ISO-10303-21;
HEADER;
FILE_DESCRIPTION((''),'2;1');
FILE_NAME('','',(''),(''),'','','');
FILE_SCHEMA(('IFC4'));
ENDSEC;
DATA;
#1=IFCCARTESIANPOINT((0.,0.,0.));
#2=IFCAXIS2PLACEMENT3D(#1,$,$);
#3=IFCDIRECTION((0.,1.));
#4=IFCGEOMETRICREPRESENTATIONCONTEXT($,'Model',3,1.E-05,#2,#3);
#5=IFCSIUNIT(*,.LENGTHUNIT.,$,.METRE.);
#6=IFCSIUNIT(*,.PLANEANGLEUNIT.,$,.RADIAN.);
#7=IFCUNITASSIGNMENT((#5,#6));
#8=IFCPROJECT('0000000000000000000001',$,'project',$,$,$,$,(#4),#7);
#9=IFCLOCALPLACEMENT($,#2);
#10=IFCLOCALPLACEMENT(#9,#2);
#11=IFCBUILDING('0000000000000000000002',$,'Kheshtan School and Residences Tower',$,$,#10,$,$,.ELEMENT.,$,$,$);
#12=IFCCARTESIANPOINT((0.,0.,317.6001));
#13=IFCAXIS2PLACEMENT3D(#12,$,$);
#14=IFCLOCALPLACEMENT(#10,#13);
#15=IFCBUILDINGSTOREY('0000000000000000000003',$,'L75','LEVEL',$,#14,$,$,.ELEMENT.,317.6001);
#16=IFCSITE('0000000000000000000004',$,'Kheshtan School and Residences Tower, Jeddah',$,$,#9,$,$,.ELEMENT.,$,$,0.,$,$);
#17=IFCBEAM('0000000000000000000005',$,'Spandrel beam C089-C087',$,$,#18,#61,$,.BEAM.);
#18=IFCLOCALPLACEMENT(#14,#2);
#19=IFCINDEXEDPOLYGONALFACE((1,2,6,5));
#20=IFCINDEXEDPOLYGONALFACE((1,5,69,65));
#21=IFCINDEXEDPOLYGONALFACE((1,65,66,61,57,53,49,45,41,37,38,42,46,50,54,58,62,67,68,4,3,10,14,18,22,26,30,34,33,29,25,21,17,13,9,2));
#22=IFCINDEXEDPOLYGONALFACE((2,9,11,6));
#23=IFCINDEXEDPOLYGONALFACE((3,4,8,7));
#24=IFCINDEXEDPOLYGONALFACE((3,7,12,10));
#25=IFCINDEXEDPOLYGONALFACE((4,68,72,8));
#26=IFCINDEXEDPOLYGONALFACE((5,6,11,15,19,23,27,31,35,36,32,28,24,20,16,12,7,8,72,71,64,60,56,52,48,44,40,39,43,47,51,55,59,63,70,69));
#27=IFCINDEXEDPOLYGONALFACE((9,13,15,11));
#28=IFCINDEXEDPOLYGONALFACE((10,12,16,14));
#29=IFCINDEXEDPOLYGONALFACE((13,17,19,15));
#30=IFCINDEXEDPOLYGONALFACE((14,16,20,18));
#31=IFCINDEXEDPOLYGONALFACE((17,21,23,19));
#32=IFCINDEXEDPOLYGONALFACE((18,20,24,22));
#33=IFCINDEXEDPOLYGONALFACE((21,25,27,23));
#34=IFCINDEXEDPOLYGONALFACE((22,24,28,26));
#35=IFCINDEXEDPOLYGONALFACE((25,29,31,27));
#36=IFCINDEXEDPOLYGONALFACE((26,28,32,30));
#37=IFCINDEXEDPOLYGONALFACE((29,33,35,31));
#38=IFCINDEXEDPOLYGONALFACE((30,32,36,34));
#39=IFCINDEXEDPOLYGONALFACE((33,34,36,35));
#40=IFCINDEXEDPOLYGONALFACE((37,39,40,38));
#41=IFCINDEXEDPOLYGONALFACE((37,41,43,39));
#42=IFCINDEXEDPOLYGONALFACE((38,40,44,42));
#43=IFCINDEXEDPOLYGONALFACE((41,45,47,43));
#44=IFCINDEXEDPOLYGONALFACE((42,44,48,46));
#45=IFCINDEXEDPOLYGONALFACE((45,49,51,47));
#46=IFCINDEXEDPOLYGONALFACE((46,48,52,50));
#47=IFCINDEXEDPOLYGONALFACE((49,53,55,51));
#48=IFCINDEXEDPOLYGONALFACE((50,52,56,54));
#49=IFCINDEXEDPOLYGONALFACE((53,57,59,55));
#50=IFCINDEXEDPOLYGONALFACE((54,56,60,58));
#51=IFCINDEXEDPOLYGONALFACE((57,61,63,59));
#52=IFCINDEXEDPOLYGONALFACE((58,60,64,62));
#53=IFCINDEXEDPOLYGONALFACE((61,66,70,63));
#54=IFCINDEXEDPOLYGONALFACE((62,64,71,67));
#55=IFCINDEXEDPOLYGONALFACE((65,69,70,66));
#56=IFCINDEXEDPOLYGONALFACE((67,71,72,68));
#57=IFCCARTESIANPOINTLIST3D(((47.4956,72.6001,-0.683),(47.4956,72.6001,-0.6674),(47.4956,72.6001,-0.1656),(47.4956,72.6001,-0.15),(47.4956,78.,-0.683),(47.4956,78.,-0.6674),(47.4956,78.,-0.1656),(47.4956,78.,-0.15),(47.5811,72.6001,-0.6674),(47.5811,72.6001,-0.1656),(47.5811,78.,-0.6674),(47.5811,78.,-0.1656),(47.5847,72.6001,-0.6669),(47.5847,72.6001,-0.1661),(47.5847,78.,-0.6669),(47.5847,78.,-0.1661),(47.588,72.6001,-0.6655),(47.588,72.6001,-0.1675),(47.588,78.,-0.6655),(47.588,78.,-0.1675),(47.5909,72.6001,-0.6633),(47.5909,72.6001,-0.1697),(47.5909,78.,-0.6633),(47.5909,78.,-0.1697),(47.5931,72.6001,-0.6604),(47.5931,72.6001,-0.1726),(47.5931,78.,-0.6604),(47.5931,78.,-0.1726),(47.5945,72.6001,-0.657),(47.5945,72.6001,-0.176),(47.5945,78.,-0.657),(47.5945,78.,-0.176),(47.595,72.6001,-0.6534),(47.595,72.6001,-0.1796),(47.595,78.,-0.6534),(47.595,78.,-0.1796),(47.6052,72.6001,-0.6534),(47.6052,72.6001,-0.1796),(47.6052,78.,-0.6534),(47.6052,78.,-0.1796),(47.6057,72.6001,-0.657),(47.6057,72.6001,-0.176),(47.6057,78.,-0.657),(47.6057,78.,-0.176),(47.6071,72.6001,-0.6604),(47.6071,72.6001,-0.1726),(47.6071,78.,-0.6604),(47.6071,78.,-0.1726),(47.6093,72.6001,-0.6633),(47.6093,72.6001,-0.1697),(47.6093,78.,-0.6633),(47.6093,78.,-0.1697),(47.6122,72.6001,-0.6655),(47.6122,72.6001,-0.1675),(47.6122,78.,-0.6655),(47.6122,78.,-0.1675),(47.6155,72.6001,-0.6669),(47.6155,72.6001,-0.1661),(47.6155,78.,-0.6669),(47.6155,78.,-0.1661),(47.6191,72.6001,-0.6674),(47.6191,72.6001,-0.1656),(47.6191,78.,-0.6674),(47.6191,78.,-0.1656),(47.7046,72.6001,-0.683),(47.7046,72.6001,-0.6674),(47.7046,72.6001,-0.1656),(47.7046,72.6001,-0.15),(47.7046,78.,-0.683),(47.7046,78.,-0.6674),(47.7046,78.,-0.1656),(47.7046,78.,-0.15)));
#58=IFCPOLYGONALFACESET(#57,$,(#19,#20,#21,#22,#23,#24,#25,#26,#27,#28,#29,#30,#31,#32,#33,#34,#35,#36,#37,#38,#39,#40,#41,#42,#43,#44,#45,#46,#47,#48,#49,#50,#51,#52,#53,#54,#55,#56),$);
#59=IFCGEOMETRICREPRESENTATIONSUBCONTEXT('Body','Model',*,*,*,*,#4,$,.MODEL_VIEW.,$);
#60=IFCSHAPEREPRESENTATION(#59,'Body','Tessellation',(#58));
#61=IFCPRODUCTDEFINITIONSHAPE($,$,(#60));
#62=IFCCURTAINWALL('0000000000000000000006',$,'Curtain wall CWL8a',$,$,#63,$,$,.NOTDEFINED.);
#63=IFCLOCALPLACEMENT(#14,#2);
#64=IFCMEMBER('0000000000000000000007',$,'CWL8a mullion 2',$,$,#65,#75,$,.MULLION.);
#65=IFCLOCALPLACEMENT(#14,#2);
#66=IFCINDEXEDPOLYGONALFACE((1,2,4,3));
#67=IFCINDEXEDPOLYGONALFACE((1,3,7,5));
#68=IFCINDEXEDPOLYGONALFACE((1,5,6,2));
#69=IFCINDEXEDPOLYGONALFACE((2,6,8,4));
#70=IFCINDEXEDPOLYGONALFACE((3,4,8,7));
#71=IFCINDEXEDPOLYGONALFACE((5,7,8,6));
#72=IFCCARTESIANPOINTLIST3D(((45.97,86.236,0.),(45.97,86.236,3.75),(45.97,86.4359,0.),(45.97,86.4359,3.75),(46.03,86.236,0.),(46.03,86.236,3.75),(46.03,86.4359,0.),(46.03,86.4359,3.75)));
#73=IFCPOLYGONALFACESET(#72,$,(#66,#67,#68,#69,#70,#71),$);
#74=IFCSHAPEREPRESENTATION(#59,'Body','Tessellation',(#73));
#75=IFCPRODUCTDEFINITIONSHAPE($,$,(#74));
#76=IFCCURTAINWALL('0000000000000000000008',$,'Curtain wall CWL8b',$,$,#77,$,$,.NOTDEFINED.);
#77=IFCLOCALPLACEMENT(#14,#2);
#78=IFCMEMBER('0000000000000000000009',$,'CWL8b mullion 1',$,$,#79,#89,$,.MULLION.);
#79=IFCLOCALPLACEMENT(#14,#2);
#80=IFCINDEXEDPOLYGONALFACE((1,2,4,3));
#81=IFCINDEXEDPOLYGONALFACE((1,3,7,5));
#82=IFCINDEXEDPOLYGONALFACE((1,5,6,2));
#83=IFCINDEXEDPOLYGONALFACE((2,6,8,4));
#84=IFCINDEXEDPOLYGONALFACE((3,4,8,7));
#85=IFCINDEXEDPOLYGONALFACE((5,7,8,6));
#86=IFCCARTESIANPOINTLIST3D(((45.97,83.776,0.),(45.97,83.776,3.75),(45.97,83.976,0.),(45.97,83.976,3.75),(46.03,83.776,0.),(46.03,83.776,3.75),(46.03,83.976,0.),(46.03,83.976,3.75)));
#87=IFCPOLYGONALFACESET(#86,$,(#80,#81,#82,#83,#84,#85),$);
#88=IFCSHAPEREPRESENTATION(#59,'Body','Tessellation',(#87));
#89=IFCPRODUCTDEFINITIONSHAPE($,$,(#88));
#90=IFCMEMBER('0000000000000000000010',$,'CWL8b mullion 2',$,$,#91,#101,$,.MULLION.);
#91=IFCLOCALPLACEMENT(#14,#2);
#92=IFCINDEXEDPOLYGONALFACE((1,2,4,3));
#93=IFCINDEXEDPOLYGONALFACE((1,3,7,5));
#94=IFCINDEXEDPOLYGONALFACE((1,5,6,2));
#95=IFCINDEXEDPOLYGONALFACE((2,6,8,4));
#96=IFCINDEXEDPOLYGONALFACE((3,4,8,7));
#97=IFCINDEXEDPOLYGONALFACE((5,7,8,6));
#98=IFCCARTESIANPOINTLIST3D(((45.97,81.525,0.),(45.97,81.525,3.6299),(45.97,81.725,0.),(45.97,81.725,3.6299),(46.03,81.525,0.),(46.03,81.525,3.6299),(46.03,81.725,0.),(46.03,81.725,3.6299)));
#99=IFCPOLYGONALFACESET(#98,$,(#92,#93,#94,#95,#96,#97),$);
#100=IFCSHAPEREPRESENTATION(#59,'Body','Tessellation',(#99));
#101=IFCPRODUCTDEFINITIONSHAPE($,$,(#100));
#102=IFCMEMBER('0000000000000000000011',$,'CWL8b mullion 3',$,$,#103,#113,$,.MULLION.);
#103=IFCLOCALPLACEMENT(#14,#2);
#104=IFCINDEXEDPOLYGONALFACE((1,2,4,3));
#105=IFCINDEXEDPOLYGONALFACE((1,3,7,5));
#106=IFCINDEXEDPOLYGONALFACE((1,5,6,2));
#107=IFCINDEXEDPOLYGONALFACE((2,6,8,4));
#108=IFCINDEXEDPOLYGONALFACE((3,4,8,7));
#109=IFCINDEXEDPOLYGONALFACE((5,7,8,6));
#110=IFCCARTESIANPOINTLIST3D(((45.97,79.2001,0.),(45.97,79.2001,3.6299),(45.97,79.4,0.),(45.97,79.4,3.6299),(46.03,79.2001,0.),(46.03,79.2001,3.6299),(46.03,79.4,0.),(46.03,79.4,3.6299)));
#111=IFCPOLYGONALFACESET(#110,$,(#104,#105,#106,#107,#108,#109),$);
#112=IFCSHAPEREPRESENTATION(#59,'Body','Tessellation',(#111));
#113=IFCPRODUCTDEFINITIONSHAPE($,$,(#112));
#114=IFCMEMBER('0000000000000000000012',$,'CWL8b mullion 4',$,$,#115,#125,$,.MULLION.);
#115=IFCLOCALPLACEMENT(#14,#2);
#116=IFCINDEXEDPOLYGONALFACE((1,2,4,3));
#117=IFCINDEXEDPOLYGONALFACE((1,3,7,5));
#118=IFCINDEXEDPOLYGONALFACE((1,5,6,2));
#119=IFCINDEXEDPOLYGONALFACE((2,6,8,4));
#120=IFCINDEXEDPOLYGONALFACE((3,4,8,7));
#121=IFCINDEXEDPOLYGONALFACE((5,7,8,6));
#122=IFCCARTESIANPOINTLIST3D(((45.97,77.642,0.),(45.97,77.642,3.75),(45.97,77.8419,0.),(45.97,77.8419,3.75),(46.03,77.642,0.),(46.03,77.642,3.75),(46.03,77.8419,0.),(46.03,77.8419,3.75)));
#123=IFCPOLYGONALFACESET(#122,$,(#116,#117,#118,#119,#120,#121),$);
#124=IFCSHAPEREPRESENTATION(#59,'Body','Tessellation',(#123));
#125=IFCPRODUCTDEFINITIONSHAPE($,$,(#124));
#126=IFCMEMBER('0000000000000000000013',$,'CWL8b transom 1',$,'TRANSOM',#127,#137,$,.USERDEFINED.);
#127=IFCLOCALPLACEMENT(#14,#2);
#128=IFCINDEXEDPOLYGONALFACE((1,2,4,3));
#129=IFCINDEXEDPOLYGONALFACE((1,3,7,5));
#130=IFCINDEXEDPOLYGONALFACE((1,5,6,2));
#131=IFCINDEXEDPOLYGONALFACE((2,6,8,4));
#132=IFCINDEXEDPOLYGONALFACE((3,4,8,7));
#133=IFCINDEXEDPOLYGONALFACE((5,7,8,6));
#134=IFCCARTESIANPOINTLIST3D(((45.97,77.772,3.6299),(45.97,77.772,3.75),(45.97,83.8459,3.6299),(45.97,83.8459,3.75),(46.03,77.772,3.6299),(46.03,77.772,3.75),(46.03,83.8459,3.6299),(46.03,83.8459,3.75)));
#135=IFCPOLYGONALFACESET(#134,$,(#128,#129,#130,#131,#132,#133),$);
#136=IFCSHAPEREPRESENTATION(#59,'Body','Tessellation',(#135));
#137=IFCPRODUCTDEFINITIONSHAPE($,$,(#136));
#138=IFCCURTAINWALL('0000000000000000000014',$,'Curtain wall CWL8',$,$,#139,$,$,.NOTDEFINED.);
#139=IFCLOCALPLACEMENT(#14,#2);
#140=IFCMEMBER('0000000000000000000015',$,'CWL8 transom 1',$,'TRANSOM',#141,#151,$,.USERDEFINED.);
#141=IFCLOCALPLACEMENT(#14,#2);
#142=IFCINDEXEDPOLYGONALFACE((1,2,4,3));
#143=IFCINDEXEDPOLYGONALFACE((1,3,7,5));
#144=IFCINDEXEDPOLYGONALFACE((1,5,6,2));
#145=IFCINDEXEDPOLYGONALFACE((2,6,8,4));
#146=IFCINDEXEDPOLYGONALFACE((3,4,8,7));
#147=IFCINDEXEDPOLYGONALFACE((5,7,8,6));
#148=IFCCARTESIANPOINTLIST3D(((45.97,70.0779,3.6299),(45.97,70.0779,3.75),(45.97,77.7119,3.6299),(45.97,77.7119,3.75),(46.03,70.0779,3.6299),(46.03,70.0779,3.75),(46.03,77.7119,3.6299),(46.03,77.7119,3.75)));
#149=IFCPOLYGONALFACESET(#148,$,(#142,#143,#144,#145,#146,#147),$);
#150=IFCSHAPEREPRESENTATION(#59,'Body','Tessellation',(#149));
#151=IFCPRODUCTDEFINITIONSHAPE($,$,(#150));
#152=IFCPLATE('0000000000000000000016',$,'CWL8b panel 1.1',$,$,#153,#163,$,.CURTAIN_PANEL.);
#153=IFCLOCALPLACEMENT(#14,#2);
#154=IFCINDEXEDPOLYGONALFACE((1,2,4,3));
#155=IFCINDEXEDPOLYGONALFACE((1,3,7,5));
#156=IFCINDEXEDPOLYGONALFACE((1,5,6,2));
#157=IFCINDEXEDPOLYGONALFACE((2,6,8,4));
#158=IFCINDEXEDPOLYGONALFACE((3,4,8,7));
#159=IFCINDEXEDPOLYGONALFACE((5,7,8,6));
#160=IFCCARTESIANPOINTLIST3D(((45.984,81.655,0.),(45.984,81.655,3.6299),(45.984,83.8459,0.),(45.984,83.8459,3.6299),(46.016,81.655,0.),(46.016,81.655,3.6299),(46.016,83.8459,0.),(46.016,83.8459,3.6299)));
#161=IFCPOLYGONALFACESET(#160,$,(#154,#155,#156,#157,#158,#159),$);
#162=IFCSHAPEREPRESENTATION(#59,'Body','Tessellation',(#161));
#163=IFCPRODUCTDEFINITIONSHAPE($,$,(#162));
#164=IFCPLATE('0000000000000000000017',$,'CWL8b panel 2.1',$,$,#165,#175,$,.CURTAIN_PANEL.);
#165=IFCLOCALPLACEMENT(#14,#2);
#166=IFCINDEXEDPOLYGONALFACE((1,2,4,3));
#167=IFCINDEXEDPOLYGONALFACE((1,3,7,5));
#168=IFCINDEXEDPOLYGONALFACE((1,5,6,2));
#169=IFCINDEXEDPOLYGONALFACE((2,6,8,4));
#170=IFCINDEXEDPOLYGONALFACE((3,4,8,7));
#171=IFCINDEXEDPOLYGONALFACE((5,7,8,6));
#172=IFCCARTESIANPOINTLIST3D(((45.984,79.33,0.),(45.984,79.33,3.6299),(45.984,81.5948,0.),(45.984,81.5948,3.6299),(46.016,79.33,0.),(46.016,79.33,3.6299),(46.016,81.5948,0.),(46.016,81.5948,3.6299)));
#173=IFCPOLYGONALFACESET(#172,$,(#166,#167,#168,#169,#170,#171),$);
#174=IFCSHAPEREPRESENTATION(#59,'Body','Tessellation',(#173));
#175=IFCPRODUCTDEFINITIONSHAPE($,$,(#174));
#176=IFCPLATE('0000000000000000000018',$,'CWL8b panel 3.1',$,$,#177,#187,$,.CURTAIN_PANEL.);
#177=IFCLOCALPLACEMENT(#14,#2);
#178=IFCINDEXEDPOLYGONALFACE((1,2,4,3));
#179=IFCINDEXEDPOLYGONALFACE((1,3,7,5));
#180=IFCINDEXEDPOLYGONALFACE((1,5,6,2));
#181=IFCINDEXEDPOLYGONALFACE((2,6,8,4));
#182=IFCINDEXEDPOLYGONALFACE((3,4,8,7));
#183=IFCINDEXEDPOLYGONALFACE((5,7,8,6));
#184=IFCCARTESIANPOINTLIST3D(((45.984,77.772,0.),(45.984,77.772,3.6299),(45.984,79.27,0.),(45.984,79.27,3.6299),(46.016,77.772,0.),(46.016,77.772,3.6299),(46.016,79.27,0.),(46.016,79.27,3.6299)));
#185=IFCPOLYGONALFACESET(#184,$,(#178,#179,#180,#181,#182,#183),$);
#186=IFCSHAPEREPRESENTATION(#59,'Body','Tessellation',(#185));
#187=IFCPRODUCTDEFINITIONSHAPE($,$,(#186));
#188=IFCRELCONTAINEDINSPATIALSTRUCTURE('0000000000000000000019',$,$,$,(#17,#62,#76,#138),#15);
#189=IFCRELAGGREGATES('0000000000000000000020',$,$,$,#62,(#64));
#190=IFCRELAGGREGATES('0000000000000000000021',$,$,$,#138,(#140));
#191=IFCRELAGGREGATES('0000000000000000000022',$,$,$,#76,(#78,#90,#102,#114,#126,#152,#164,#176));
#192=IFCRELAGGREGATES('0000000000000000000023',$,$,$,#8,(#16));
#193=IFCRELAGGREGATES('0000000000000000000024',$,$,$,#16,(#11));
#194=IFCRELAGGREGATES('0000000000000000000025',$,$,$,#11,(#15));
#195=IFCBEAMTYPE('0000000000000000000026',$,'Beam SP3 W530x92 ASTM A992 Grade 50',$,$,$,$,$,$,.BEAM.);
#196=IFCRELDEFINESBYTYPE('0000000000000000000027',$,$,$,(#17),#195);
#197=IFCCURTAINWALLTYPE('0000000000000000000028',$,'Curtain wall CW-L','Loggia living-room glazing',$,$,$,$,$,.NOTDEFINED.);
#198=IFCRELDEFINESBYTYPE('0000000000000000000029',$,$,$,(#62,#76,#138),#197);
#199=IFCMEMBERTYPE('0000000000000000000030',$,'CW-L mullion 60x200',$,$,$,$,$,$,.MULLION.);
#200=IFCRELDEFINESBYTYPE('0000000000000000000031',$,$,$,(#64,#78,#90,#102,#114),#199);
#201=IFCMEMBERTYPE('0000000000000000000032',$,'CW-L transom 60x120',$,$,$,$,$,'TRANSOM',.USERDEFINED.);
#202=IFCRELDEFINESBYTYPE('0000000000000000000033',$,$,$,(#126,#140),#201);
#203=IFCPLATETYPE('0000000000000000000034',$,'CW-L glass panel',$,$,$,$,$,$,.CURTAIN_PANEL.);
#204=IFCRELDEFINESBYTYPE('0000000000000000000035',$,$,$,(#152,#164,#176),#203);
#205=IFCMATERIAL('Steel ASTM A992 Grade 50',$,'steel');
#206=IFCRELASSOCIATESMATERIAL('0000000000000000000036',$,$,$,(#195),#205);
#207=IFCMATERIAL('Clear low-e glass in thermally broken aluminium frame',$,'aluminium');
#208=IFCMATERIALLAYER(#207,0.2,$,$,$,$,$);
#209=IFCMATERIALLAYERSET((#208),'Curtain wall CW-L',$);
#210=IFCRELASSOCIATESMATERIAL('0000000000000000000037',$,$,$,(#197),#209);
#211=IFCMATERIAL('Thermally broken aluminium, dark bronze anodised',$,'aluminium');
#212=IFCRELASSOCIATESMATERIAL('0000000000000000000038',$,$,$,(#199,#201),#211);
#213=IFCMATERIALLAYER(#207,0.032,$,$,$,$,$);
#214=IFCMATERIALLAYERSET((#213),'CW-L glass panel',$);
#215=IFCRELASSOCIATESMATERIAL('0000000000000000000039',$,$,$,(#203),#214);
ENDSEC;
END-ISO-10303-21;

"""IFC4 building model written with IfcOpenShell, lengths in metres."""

from ifc_helpers import new_model, si_unit, direction, frame, origin, origin_2d, place, context, subcontext, project, spatial, rectangle, i_section, extrude, material, layer, layer_set, material_profile, profile_set, type_object, element, aggregate, save


model = new_model("IFC4")

# Units and contexts
model_context = context("Model", 3, precision=1e-05, world=origin(), true_north=direction((0.0, 1.0)))
body_context = subcontext(model_context, "Body", "Model", "MODEL_VIEW")
ifc_project = project(units=[si_unit("LENGTHUNIT", "METRE"), si_unit("PLANEANGLEUNIT", "RADIAN")], contexts=[model_context])

# Site, building, storey
site_placement = place(None, origin())
site = spatial("IfcSite", under=ifc_project, at=site_placement, Name="Kheshtan School and Residences Tower, Jeddah", CompositionType="ELEMENT", RefElevation=0.0)
building_placement = place(site_placement, origin())
building = spatial("IfcBuilding", under=site, at=building_placement, Name="Kheshtan School and Residences Tower", CompositionType="ELEMENT")
storey_placement = place(building_placement, frame((0.0, 0.0, 317.6001)))
storey = spatial("IfcBuildingStorey", under=building, at=storey_placement, Name="L75", Description="LEVEL", CompositionType="ELEMENT", Elevation=317.6001)

# Shared definitions
ifc_material_1 = material(Name="Steel ASTM A992 Grade 50", Category="steel")

# Beam
ifc_material_profile_1 = material_profile(ifc_material_1, i_section(OverallWidth=0.209, OverallDepth=0.533, WebThickness=0.0103, FlangeThickness=0.0156, FilletRadius=0.0139, at=origin_2d()), Name="W530x92")
ifc_profile_set_1 = profile_set([ifc_material_profile_1], Name="Steel ASTM A992 Grade 50")
beam_type_1 = type_object("IfcBeamType", Name="Beam SP3 W530x92 ASTM A992 Grade 50", PredefinedType="BEAM", material=ifc_profile_set_1)
for number, where, z_axis, x_axis, name in (
    (1, (47.6001, 78.0, -0.4165), (0.0, -1.0, 0.0), (1.0, 0.0, 0.0), "Spandrel beam C089-C087"),
):
    element("IfcBeam", number, at=place(storey_placement, frame(where, z_axis=z_axis, x_axis=x_axis)), inside=storey, type_object=beam_type_1, Name=name, PredefinedType="BEAM", context=body_context, shape_type="SweptSolid", body=[
        extrude(i_section(OverallWidth=0.209, OverallDepth=0.533, WebThickness=0.0103, FlangeThickness=0.0156, FilletRadius=0.0139, at=origin_2d()), origin(), (0.0, 0.0, 1.0), 5.3999),
    ])

# Curtain wall, member
ifc_material_2 = material(Name="Clear low-e glass in thermally broken aluminium frame", Category="aluminium")
ifc_layer_1 = layer(ifc_material_2, 0.2)
ifc_layer_set_1 = layer_set([ifc_layer_1], Name="Curtain wall CW-L")
curtain_wall_type = type_object("IfcCurtainWallType", Name="Curtain wall CW-L", Description="Loggia living-room glazing", PredefinedType="NOTDEFINED", material=ifc_layer_set_1)
curtain_wall_1_placement = place(storey_placement, origin())
curtain_wall_1 = element("IfcCurtainWall", 2, at=curtain_wall_1_placement, inside=storey, type_object=curtain_wall_type, Name="Curtain wall CWL8a", PredefinedType="NOTDEFINED")
ifc_material_3 = material(Name="Thermally broken aluminium, dark bronze anodised", Category="aluminium")
ifc_material_profile_2 = material_profile(ifc_material_3, rectangle(XDim=0.0601, YDim=0.2, at=origin_2d()), Name="CW-L mullion 60x200")
ifc_profile_set_2 = profile_set([ifc_material_profile_2], Name="Thermally broken aluminium, dark bronze anodised")
member_type_1 = type_object("IfcMemberType", Name="CW-L mullion 60x200", PredefinedType="MULLION", material=ifc_profile_set_2)
member_1_placement = place(storey_placement, frame((46.0, 86.3359, 0.0), z_axis=(0.0, 0.0, 1.0), x_axis=(1.0, 0.0, 0.0)))
member_1 = element("IfcMember", 3, at=member_1_placement, type_object=member_type_1, Name="CWL8a mullion 2", PredefinedType="MULLION", context=body_context, shape_type="SweptSolid", body=[
    extrude(rectangle(XDim=0.0601, YDim=0.2, at=origin_2d()), origin(), (0.0, 0.0, 1.0), 3.75),
])
aggregate(curtain_wall_1, [member_1])

# Curtain wall, members
curtain_wall_2_placement = place(storey_placement, origin())
curtain_wall_2 = element("IfcCurtainWall", 4, at=curtain_wall_2_placement, inside=storey, type_object=curtain_wall_type, Name="Curtain wall CWL8b", PredefinedType="NOTDEFINED")
member_2_placement = place(storey_placement, frame((46.0, 83.876, 0.0), z_axis=(0.0, 0.0, 1.0), x_axis=(1.0, 0.0, 0.0)))
member_2 = element("IfcMember", 5, at=member_2_placement, type_object=member_type_1, Name="CWL8b mullion 1", PredefinedType="MULLION", context=body_context, shape_type="SweptSolid", body=[
    extrude(rectangle(XDim=0.0601, YDim=0.2, at=origin_2d()), origin(), (0.0, 0.0, 1.0), 3.75),
])
member_3_placement = place(storey_placement, frame((46.0, 81.625, 0.0), z_axis=(0.0, 0.0, 1.0), x_axis=(1.0, 0.0, 0.0)))
member_3 = element("IfcMember", 6, at=member_3_placement, type_object=member_type_1, Name="CWL8b mullion 2", PredefinedType="MULLION", context=body_context, shape_type="SweptSolid", body=[
    extrude(rectangle(XDim=0.0601, YDim=0.2, at=origin_2d()), origin(), (0.0, 0.0, 1.0), 3.6299),
])
member_4_placement = place(storey_placement, frame((46.0, 79.3, 0.0), z_axis=(0.0, 0.0, 1.0), x_axis=(1.0, 0.0, 0.0)))
member_4 = element("IfcMember", 7, at=member_4_placement, type_object=member_type_1, Name="CWL8b mullion 3", PredefinedType="MULLION", context=body_context, shape_type="SweptSolid", body=[
    extrude(rectangle(XDim=0.0601, YDim=0.2, at=origin_2d()), origin(), (0.0, 0.0, 1.0), 3.6299),
])
member_5_placement = place(storey_placement, frame((46.0, 77.7419, 0.0), z_axis=(0.0, 0.0, 1.0), x_axis=(1.0, 0.0, 0.0)))
member_5 = element("IfcMember", 8, at=member_5_placement, type_object=member_type_1, Name="CWL8b mullion 4", PredefinedType="MULLION", context=body_context, shape_type="SweptSolid", body=[
    extrude(rectangle(XDim=0.0601, YDim=0.2, at=origin_2d()), origin(), (0.0, 0.0, 1.0), 3.75),
])
ifc_material_profile_3 = material_profile(ifc_material_3, rectangle(XDim=0.0601, YDim=0.1201, at=origin_2d()), Name="CW-L transom 60x120")
ifc_profile_set_3 = profile_set([ifc_material_profile_3], Name="Thermally broken aluminium, dark bronze anodised")
member_type_2 = type_object("IfcMemberType", Name="CW-L transom 60x120", ElementType="TRANSOM", PredefinedType="USERDEFINED", material=ifc_profile_set_3)
member_6_placement = place(storey_placement, frame((46.0, 83.8459, 3.6899), z_axis=(0.0, -1.0, 0.0), x_axis=(1.0, 0.0, 0.0)))
member_6 = element("IfcMember", 9, at=member_6_placement, type_object=member_type_2, Name="CWL8b transom 1", ObjectType="TRANSOM", PredefinedType="USERDEFINED", context=body_context, shape_type="SweptSolid", body=[
    extrude(rectangle(XDim=0.0601, YDim=0.1201, at=origin_2d()), origin(), (0.0, 0.0, 1.0), 6.074),
])

# Curtain wall, member
curtain_wall_3_placement = place(storey_placement, origin())
curtain_wall_3 = element("IfcCurtainWall", 10, at=curtain_wall_3_placement, inside=storey, type_object=curtain_wall_type, Name="Curtain wall CWL8", PredefinedType="NOTDEFINED")
member_7_placement = place(storey_placement, frame((46.0, 77.7119, 3.6899), z_axis=(0.0, -1.0, 0.0), x_axis=(1.0, 0.0, 0.0)))
member_7 = element("IfcMember", 11, at=member_7_placement, type_object=member_type_2, Name="CWL8 transom 1", ObjectType="TRANSOM", PredefinedType="USERDEFINED", context=body_context, shape_type="SweptSolid", body=[
    extrude(rectangle(XDim=0.0601, YDim=0.1201, at=origin_2d()), origin(), (0.0, 0.0, 1.0), 7.634),
])
aggregate(curtain_wall_3, [member_7])

# Plates
ifc_layer_2 = layer(ifc_material_2, 0.032)
ifc_layer_set_2 = layer_set([ifc_layer_2], Name="CW-L glass panel")
plate_type = type_object("IfcPlateType", Name="CW-L glass panel", PredefinedType="CURTAIN_PANEL", material=ifc_layer_set_2)
plate_1_placement = place(storey_placement, frame((46.0, 82.7505, 0.0), z_axis=(0.0, 0.0, 1.0), x_axis=(0.0, -1.0, 0.0)))
plate_1 = element("IfcPlate", 12, at=plate_1_placement, type_object=plate_type, Name="CWL8b panel 1.1", PredefinedType="CURTAIN_PANEL", context=body_context, shape_type="SweptSolid", body=[
    extrude(rectangle(XDim=2.1909, YDim=0.032, at=origin_2d()), origin(), (0.0, 0.0, 1.0), 3.6299),
])
plate_2_placement = place(storey_placement, frame((46.0, 80.4624, 0.0), z_axis=(0.0, 0.0, 1.0), x_axis=(0.0, -1.0, 0.0)))
plate_2 = element("IfcPlate", 13, at=plate_2_placement, type_object=plate_type, Name="CWL8b panel 2.1", PredefinedType="CURTAIN_PANEL", context=body_context, shape_type="SweptSolid", body=[
    extrude(rectangle(XDim=2.2649, YDim=0.032, at=origin_2d()), origin(), (0.0, 0.0, 1.0), 3.6299),
])
plate_3_placement = place(storey_placement, frame((46.0, 78.521, 0.0), z_axis=(0.0, 0.0, 1.0), x_axis=(0.0, -1.0, 0.0)))
plate_3 = element("IfcPlate", 14, at=plate_3_placement, type_object=plate_type, Name="CWL8b panel 3.1", PredefinedType="CURTAIN_PANEL", context=body_context, shape_type="SweptSolid", body=[
    extrude(rectangle(XDim=1.498, YDim=0.032, at=origin_2d()), origin(), (0.0, 0.0, 1.0), 3.6299),
])
aggregate(curtain_wall_2, [member_2, member_3, member_4, member_5, member_6, plate_1, plate_2, plate_3])

save(model, "model.ifc")
